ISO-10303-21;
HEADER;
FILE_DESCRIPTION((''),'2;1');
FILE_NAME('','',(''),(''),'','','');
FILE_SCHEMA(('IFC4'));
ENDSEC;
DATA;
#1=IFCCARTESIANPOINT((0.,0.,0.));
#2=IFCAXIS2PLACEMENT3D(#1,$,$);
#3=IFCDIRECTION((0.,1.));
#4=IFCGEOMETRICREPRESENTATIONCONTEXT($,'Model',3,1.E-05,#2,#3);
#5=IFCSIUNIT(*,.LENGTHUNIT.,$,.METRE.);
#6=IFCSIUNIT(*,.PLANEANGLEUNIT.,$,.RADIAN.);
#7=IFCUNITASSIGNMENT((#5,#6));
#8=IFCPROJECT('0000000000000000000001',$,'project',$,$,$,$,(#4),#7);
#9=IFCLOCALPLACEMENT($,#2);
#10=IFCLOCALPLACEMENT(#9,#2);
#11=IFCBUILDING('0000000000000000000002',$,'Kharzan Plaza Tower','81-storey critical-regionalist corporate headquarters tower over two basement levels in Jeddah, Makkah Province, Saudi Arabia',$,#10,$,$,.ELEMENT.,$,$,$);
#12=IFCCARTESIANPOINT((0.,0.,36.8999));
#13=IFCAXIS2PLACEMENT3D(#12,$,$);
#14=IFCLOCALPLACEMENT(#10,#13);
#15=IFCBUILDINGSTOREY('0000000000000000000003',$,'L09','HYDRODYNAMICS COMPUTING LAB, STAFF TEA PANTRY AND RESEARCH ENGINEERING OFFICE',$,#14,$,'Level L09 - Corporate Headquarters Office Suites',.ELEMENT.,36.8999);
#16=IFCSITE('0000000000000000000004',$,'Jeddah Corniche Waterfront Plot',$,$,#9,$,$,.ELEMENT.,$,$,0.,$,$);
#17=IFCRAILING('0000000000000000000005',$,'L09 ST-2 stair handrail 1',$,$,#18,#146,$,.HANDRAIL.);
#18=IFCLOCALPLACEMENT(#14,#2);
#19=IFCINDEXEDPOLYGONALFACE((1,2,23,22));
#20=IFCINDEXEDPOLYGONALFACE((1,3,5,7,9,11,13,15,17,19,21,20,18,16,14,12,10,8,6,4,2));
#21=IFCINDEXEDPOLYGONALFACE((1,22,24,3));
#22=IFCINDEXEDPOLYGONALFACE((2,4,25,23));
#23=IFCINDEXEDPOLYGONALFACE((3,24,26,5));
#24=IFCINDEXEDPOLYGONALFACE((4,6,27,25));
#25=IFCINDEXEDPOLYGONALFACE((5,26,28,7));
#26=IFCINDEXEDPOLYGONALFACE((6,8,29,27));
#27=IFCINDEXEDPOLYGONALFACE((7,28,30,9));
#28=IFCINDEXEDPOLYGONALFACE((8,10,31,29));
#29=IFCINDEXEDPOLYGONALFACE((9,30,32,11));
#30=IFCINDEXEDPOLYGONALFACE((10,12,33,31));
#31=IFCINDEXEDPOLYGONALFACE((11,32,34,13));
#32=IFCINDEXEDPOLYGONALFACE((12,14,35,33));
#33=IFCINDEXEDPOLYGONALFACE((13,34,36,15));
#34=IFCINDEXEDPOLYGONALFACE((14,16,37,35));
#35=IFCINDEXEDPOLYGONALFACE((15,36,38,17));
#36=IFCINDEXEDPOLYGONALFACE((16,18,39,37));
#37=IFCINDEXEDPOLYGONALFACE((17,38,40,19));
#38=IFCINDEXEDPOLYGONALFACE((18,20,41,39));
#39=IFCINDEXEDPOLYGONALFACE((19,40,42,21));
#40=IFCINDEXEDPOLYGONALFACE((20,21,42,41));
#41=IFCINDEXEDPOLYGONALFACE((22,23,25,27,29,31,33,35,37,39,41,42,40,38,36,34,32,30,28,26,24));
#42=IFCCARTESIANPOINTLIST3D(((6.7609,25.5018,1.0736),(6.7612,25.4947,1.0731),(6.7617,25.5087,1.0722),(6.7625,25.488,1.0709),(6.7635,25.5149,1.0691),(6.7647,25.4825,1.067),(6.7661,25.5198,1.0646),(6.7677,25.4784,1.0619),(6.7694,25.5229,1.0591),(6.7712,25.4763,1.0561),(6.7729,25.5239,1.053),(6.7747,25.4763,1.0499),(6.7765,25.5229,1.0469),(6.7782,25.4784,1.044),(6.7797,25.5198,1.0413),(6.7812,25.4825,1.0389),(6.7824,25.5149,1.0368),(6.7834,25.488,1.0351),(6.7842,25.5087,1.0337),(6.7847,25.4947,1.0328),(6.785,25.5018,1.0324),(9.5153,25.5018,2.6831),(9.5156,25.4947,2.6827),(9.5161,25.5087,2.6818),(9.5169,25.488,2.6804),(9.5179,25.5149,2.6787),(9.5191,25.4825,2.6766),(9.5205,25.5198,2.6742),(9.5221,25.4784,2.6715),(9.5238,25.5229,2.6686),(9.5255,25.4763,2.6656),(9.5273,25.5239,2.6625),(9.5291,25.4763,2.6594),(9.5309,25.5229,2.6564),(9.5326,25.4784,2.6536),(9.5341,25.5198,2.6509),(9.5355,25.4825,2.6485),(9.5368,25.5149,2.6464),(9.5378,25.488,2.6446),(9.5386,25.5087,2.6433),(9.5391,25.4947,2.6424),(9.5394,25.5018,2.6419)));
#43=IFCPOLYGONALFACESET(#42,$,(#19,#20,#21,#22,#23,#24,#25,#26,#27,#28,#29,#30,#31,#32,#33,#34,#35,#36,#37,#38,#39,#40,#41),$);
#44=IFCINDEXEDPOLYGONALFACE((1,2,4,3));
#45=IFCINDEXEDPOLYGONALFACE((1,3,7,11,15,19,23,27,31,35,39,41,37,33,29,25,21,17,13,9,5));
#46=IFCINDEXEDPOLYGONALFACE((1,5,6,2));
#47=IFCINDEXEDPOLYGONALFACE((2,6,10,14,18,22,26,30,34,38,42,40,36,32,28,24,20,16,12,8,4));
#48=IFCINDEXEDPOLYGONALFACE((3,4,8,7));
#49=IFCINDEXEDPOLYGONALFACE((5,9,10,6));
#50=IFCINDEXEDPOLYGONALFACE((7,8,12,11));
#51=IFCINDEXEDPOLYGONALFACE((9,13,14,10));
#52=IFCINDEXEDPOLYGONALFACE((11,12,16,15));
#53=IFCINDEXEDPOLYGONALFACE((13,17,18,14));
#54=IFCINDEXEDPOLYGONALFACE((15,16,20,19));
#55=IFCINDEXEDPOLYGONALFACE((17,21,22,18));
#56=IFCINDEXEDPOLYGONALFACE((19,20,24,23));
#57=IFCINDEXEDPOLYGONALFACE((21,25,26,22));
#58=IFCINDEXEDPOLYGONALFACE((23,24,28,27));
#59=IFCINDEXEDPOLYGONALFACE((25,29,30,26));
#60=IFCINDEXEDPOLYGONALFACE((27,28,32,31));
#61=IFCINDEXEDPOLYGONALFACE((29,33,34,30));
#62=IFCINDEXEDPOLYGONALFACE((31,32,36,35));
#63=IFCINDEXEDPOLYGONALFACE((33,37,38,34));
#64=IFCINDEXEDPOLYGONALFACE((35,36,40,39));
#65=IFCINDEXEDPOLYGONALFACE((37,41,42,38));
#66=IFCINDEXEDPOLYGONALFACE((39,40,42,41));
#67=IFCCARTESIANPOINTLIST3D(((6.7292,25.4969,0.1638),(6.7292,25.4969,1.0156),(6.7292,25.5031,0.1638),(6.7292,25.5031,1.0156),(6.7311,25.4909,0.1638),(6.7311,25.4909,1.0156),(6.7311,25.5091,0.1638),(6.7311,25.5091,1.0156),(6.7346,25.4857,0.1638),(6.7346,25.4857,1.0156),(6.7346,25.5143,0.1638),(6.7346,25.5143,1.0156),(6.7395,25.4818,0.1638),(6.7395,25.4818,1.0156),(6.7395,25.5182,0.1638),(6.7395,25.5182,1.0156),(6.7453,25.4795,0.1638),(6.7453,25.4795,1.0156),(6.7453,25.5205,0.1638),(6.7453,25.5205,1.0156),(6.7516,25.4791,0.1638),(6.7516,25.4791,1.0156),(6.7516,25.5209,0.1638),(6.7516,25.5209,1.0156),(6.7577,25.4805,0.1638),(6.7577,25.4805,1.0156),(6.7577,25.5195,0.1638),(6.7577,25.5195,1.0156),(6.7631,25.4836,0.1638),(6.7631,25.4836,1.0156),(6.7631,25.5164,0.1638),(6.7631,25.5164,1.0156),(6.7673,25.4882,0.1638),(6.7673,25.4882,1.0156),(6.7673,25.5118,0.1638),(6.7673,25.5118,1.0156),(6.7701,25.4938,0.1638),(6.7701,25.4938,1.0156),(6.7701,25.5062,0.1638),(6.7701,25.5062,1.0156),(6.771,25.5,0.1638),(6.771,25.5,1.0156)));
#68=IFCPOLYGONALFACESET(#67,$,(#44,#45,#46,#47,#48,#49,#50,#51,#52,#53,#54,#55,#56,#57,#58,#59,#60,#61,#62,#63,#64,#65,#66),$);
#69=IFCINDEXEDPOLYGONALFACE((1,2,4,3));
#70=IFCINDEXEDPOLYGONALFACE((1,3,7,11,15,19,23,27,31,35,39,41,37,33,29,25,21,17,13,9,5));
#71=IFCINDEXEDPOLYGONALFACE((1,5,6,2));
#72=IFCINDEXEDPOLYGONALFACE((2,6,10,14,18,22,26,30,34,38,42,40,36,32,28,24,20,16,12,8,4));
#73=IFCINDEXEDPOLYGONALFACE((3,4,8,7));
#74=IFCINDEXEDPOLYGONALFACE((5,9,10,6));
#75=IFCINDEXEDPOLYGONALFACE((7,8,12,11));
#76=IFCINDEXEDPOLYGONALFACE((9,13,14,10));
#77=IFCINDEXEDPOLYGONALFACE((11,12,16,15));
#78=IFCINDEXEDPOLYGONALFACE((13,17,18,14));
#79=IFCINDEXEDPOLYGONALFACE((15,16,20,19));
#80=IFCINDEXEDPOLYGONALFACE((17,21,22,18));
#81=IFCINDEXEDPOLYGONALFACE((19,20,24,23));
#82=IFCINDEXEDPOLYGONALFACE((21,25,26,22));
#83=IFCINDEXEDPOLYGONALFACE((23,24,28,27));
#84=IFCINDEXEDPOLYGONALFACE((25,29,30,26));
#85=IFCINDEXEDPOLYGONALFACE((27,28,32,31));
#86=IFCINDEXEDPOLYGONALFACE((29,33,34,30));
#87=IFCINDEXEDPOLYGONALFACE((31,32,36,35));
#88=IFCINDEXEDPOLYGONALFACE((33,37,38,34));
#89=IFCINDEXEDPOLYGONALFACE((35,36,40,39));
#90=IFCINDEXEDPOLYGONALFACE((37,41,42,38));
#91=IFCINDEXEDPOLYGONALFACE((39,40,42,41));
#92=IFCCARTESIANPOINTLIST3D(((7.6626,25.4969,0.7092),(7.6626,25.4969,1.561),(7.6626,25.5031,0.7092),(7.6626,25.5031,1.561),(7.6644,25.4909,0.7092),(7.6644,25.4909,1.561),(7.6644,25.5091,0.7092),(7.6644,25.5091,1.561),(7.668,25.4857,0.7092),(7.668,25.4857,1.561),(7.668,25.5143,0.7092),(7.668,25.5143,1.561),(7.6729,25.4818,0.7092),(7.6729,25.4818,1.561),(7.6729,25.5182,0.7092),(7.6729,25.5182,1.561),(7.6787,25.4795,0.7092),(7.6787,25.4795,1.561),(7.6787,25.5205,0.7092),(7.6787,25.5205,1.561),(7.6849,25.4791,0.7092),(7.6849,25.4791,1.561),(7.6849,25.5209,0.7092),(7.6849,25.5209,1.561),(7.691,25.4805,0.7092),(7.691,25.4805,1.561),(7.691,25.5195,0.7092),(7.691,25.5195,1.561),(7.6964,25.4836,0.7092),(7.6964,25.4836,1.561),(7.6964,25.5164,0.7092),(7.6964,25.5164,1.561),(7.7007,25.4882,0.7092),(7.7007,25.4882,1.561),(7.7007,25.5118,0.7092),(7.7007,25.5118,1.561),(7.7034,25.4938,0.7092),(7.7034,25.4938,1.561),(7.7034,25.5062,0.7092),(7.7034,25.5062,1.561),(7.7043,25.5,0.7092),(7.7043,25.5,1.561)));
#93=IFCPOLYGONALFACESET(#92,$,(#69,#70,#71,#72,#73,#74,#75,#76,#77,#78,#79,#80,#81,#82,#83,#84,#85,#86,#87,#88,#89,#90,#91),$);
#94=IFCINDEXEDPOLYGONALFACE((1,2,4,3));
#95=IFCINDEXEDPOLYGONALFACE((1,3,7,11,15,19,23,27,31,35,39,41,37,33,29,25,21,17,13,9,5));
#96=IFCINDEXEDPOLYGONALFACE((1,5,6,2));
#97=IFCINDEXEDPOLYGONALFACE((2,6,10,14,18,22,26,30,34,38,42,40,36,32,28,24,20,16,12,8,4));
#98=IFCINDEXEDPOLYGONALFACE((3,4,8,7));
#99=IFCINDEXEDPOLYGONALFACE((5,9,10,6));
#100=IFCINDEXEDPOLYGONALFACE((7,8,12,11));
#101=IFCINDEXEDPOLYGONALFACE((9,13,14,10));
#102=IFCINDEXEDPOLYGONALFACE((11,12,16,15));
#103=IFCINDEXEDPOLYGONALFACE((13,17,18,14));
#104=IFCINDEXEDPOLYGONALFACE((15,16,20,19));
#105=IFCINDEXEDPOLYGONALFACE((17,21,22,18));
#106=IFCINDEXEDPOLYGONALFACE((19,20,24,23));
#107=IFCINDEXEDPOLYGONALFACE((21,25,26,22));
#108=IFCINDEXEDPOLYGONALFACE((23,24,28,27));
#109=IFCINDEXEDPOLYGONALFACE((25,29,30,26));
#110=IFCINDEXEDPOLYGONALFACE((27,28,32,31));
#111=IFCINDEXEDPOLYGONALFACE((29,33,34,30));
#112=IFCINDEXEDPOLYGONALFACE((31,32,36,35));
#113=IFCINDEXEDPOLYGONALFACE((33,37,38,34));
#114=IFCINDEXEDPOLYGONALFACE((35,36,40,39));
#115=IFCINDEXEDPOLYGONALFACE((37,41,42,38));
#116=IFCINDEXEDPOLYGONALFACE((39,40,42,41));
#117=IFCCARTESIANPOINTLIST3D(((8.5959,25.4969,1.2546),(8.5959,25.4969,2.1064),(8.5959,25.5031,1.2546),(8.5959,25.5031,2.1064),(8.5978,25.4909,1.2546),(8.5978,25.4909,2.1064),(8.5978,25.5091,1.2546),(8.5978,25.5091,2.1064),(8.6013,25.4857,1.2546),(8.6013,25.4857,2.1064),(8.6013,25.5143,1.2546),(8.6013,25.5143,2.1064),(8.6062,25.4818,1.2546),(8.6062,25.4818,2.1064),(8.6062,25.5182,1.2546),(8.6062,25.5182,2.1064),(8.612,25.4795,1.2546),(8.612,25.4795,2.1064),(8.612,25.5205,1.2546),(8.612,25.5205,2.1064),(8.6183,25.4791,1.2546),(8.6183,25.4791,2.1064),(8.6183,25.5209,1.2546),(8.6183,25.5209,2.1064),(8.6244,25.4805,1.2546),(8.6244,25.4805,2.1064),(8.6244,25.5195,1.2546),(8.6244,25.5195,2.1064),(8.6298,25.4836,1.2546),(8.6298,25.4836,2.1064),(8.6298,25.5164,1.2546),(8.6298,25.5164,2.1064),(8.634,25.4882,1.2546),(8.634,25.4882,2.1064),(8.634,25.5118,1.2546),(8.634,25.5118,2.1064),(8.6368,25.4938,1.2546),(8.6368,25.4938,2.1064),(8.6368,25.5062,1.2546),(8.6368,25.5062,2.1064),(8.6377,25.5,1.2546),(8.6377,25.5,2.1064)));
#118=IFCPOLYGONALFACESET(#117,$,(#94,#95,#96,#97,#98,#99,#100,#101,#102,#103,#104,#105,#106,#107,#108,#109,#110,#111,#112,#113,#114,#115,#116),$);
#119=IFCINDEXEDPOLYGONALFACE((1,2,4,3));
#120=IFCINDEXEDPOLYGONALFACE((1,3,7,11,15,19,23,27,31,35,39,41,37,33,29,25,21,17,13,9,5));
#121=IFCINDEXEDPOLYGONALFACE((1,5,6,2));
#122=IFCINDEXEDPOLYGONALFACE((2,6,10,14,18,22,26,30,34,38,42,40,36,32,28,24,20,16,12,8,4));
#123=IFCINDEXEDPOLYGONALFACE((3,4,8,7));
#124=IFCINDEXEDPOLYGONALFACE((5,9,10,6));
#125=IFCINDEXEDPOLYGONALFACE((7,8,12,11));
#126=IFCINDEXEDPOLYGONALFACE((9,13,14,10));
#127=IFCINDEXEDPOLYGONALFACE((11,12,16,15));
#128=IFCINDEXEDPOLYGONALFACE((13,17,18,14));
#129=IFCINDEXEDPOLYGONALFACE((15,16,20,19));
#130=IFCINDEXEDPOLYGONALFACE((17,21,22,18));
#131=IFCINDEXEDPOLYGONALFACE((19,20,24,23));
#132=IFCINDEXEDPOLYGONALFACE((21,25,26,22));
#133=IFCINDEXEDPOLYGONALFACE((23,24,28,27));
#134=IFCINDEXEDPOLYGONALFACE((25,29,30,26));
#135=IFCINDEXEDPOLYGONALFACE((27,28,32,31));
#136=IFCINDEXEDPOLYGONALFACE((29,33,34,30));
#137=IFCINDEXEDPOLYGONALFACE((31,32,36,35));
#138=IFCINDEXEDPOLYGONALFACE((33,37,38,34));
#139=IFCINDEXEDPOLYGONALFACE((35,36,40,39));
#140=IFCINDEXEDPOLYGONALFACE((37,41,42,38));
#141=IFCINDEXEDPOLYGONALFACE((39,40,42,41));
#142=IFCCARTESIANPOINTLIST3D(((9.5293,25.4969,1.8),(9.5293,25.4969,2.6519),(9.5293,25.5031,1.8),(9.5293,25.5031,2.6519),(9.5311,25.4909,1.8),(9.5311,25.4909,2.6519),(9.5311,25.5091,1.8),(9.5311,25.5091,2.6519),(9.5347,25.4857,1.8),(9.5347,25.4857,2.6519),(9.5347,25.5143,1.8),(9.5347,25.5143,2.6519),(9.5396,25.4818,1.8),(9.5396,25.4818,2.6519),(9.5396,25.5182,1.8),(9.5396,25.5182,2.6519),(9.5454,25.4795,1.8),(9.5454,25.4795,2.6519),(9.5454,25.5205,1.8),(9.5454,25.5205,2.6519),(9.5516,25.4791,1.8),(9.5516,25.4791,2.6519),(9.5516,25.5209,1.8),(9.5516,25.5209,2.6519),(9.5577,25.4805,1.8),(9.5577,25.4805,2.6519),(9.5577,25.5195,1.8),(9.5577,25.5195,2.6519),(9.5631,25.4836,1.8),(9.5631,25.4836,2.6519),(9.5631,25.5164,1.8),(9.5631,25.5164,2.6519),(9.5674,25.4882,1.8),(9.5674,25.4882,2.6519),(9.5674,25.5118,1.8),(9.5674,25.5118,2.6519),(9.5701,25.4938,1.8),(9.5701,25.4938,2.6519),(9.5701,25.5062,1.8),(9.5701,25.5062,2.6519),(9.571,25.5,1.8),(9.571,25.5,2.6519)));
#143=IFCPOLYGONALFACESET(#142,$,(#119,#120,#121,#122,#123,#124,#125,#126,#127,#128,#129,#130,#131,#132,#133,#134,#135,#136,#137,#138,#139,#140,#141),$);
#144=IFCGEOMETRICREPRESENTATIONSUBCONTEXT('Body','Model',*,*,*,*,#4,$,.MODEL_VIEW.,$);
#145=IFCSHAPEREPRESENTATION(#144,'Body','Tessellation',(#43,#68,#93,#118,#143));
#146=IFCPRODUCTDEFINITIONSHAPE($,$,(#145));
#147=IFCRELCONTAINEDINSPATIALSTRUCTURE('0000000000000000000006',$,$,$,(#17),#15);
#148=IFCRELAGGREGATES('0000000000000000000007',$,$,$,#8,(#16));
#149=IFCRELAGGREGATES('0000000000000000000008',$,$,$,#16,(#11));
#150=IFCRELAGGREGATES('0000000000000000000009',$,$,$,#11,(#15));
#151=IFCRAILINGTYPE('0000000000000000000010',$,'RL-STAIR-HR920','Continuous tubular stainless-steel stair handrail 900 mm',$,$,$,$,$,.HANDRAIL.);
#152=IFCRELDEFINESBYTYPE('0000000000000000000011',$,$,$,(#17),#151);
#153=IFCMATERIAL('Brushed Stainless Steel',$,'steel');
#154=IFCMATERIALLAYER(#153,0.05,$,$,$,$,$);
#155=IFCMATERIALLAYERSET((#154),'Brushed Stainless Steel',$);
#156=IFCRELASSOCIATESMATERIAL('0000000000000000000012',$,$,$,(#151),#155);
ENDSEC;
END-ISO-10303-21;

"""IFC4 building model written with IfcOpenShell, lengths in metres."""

from ifc_helpers import new_model, si_unit, direction, frame, origin, origin_2d, place, context, subcontext, project, spatial, circle, extrude, source, transform, mapped, material, layer, layer_set, type_object, element, save


model = new_model("IFC4")

# Units and contexts
model_context = context("Model", 3, precision=1e-05, world=origin(), true_north=direction((0.0, 1.0)))
body_context = subcontext(model_context, "Body", "Model", "MODEL_VIEW")
ifc_project = project(units=[si_unit("LENGTHUNIT", "METRE"), si_unit("PLANEANGLEUNIT", "RADIAN")], contexts=[model_context])

# Site, building, storey
site_placement = place(None, origin())
site = spatial("IfcSite", under=ifc_project, at=site_placement, Name="Jeddah Corniche Waterfront Plot", CompositionType="ELEMENT", RefElevation=0.0)
building_placement = place(site_placement, origin())
building = spatial("IfcBuilding", under=site, at=building_placement, Name="Kharzan Plaza Tower", Description="81-storey critical-regionalist corporate headquarters tower over two basement levels in Jeddah, Makkah Province, Saudi Arabia", CompositionType="ELEMENT")
storey_placement = place(building_placement, frame((0.0, 0.0, 36.8999)))
storey = spatial("IfcBuildingStorey", under=building, at=storey_placement, Name="L09", Description="HYDRODYNAMICS COMPUTING LAB, STAFF TEA PANTRY AND RESEARCH ENGINEERING OFFICE", LongName="Level L09 - Corporate Headquarters Office Suites", CompositionType="ELEMENT", Elevation=36.8999)

# Railing
ifc_material_1 = material(Name="Brushed Stainless Steel", Category="steel")
ifc_layer_1 = layer(ifc_material_1, 0.05)
ifc_layer_set_1 = layer_set([ifc_layer_1], Name="Brushed Stainless Steel")
railing_type_1 = type_object("IfcRailingType", Name="RL-STAIR-HR920", Description="Continuous tubular stainless-steel stair handrail 900 mm", PredefinedType="HANDRAIL", material=ifc_layer_set_1)
shared_shape_1 = source(origin(), body_context, "Body", "SweptSolid", [
    extrude(circle(Radius=0.0239, at=origin_2d()), frame((0.0229, 0.0, 0.8892), z_axis=(0.863394, 0.0, 0.504531), x_axis=(0.0, 1.0, 0.0)), (0.0, 0.0, 1.0), 3.1902),
    extrude(circle(Radius=0.021, at=origin_2d()), origin(), (0.0, 0.0, 1.0), 0.8518),
    extrude(circle(Radius=0.021, at=origin_2d()), frame((0.9333, 0.0, 0.5454)), (0.0, 0.0, 1.0), 0.8518),
    extrude(circle(Radius=0.021, at=origin_2d()), frame((1.8667, 0.0, 1.0908)), (0.0, 0.0, 1.0), 0.8518),
    extrude(circle(Radius=0.021, at=origin_2d()), frame((2.8, 0.0, 1.6362)), (0.0, 0.0, 1.0), 0.8518),
])
railing_1_placement = place(storey_placement, frame((6.75, 25.5, 0.1638)))
element("IfcRailing", 1, at=railing_1_placement, inside=storey, type_object=railing_type_1, Name="L09 ST-2 stair handrail 1", PredefinedType="HANDRAIL", context=body_context, shape_type="MappedRepresentation", body=[
    mapped(shared_shape_1, transform((0.0, 0.0, 0.0), x_axis=(1.0, 0.0, 0.0), y_axis=(0.0, 1.0, 0.0), z_axis=(0.0, 0.0, 1.0))),
])

save(model, "model.ifc")
